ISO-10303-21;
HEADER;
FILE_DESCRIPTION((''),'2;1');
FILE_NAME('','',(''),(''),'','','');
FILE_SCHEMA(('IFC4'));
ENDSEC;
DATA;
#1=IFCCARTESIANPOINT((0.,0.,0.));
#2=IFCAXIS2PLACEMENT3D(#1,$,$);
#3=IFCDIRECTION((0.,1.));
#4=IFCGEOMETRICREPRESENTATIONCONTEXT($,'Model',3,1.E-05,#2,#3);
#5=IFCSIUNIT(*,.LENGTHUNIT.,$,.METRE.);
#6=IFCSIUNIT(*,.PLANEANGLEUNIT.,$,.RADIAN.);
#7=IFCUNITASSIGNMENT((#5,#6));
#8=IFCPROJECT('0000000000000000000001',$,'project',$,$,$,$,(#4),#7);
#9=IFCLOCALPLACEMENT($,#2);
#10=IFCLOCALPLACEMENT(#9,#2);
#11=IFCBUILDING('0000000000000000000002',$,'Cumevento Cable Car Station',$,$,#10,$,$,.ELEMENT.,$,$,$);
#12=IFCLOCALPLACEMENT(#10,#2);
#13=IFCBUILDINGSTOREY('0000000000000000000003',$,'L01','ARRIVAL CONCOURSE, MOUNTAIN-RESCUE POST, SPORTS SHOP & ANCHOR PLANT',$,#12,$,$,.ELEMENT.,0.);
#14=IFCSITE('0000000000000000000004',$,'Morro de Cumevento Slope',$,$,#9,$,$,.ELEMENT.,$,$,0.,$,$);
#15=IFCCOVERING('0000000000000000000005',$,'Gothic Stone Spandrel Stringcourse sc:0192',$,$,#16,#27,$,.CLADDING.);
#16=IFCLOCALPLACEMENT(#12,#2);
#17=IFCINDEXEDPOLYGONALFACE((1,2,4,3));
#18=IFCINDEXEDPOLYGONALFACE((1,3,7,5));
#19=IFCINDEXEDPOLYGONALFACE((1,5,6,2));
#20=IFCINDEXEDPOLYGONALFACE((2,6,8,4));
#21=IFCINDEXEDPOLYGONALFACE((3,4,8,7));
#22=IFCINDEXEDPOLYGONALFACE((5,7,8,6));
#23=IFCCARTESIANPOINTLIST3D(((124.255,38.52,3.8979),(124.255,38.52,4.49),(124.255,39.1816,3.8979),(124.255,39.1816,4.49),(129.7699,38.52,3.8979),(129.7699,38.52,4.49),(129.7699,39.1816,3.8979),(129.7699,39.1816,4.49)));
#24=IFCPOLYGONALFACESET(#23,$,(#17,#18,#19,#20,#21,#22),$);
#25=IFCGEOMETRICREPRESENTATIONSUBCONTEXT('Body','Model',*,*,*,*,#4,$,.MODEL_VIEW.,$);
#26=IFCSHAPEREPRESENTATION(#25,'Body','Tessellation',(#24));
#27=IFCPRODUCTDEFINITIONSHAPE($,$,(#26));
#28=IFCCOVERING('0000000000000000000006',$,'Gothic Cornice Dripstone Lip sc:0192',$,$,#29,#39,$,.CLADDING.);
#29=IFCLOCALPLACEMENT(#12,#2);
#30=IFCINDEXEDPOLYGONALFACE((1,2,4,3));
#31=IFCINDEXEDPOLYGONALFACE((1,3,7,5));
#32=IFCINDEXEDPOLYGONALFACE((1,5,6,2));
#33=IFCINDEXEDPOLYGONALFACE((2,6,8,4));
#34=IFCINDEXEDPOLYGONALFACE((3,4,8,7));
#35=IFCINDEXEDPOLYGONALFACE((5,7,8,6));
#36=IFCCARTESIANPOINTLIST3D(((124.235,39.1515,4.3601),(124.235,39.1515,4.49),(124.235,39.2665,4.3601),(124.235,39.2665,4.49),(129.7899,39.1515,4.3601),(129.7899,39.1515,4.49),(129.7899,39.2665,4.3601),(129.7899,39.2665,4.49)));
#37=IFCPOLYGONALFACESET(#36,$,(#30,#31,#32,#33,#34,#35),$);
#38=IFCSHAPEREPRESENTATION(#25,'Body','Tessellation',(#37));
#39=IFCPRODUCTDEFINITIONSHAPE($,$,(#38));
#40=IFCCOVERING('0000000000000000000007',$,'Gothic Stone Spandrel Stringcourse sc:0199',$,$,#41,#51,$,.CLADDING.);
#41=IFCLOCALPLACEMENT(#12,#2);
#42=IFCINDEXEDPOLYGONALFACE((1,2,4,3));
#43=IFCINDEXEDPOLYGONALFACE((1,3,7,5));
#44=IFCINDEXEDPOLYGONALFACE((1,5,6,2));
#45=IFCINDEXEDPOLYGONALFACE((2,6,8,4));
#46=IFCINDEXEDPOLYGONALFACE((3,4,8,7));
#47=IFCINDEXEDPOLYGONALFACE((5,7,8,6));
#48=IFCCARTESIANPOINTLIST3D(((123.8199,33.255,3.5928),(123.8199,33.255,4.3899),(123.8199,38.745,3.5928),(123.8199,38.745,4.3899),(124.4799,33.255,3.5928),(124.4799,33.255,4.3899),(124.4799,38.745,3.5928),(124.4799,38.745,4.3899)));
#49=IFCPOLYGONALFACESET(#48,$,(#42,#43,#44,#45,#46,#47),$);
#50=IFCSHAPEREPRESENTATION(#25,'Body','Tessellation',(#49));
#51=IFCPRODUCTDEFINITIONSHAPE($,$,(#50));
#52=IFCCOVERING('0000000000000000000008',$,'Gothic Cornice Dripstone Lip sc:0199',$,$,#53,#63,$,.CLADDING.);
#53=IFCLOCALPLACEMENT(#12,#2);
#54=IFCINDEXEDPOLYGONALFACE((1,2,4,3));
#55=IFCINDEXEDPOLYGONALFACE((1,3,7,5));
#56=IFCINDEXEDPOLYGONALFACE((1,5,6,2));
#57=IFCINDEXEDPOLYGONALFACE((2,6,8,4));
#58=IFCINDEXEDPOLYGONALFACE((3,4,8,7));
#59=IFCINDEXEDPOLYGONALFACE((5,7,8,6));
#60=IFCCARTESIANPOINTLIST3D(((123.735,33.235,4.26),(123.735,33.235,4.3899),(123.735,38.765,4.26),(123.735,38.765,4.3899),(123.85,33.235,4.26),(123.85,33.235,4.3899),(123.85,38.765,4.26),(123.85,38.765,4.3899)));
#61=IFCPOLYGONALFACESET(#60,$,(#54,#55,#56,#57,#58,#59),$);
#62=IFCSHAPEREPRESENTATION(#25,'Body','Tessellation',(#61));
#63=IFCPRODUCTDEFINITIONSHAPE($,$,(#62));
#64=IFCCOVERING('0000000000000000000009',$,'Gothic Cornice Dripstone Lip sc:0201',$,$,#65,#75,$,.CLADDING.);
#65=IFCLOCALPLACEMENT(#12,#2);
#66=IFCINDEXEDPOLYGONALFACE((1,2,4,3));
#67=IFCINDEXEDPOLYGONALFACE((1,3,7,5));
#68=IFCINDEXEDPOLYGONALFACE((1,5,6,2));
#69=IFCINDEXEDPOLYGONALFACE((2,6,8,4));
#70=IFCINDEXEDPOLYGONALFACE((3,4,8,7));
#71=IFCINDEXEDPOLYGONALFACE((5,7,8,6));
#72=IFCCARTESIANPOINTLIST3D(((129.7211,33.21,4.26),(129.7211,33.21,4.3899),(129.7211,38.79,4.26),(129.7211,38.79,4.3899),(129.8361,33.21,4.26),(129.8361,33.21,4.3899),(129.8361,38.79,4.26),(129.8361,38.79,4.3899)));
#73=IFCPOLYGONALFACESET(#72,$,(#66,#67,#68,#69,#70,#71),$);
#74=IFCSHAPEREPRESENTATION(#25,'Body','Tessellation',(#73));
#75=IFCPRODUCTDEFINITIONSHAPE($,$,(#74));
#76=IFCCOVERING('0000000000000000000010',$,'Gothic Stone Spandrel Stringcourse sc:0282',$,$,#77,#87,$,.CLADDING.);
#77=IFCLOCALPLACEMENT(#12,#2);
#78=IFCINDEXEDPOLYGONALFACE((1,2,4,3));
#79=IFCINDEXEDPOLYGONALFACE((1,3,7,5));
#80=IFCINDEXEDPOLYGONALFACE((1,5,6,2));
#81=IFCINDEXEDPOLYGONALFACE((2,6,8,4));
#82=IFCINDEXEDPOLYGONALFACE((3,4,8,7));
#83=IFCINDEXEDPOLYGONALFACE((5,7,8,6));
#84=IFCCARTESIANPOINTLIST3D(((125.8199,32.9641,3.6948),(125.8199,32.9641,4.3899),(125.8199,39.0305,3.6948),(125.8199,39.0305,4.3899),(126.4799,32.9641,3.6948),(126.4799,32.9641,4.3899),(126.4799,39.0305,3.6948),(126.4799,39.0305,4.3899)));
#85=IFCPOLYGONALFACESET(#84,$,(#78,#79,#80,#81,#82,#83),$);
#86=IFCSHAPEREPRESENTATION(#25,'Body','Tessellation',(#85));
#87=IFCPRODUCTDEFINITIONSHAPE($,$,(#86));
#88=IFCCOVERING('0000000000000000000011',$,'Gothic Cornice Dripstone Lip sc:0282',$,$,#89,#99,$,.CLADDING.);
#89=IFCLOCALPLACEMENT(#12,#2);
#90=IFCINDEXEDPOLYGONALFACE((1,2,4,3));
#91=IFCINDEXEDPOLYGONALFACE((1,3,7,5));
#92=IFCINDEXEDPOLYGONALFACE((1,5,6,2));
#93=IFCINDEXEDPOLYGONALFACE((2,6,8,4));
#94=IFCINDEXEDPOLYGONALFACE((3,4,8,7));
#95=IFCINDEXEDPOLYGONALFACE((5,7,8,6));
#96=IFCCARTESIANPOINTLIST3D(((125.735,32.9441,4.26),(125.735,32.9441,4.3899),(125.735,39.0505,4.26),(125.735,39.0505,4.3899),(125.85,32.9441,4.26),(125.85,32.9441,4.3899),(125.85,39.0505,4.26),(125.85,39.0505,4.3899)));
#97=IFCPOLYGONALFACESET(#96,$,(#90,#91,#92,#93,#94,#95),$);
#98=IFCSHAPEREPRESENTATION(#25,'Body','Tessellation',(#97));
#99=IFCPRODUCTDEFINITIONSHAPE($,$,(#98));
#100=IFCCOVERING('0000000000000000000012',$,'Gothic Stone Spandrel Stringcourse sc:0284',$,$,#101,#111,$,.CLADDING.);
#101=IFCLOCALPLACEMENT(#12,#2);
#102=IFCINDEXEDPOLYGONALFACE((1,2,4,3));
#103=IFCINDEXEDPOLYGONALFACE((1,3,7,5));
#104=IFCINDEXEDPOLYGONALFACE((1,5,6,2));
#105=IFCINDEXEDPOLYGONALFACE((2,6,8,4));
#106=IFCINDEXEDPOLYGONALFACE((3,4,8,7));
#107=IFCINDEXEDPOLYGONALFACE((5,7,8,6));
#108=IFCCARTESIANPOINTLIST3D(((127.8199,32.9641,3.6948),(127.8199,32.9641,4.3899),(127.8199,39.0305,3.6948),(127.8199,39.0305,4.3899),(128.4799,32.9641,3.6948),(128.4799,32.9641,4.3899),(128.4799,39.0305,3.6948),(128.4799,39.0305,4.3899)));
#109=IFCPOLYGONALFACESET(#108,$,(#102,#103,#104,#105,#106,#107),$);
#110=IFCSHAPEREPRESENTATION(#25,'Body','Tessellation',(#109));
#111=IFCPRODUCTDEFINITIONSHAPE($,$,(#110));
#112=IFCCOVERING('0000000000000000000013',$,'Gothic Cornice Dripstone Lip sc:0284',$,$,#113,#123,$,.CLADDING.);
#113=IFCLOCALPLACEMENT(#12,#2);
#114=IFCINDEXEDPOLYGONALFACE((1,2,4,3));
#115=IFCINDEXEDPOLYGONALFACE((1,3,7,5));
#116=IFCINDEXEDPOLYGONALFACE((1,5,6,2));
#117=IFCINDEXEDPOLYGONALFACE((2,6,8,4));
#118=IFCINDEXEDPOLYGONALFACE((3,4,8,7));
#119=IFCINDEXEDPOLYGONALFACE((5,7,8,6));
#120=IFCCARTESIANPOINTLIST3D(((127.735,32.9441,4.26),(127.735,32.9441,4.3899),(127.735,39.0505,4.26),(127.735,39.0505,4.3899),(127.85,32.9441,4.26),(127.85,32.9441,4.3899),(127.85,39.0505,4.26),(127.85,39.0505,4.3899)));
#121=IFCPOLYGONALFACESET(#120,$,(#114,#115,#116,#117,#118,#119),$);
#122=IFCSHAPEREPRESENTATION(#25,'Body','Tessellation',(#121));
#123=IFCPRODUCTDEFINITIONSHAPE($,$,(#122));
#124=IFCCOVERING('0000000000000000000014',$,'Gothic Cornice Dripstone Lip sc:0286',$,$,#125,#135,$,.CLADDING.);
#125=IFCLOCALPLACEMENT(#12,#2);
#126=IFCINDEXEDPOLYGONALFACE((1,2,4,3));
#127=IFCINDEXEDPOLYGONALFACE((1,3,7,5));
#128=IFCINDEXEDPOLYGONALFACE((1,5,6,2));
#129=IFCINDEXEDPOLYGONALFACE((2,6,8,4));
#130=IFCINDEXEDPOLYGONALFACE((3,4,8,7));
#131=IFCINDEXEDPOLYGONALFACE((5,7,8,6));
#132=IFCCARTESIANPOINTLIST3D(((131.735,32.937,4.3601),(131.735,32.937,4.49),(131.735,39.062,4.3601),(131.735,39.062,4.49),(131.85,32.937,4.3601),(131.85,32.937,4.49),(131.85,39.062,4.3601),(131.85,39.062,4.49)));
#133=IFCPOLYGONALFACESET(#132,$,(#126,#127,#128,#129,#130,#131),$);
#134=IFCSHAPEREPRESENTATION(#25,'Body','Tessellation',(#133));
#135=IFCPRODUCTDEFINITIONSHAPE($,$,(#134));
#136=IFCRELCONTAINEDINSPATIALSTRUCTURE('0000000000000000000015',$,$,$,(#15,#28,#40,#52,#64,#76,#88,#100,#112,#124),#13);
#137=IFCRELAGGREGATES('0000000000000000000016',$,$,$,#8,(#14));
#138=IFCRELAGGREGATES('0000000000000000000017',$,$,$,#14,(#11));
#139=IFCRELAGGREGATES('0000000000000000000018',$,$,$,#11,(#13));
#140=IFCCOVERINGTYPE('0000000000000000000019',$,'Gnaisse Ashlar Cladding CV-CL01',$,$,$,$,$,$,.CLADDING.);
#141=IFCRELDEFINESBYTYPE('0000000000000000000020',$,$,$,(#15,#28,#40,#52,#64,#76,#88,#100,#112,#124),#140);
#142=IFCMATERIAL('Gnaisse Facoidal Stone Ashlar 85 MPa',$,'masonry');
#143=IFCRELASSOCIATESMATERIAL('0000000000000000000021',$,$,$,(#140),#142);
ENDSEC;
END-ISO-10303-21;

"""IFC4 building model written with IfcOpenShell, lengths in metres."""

from ifc_helpers import new_model, si_unit, direction, frame, origin, origin_2d, place, context, subcontext, project, spatial, rectangle, extrude, material, type_object, element, save


model = new_model("IFC4")

# Units and contexts
model_context = context("Model", 3, precision=1e-05, world=origin(), true_north=direction((0.0, 1.0)))
body_context = subcontext(model_context, "Body", "Model", "MODEL_VIEW")
ifc_project = project(units=[si_unit("LENGTHUNIT", "METRE"), si_unit("PLANEANGLEUNIT", "RADIAN")], contexts=[model_context])

# Site, building, storey
site_placement = place(None, origin())
site = spatial("IfcSite", under=ifc_project, at=site_placement, Name="Morro de Cumevento Slope", CompositionType="ELEMENT", RefElevation=0.0)
building_placement = place(site_placement, origin())
building = spatial("IfcBuilding", under=site, at=building_placement, Name="Cumevento Cable Car Station", CompositionType="ELEMENT")
storey_placement = place(building_placement, origin())
storey = spatial("IfcBuildingStorey", under=building, at=storey_placement, Name="L01", Description="ARRIVAL CONCOURSE, MOUNTAIN-RESCUE POST, SPORTS SHOP & ANCHOR PLANT", CompositionType="ELEMENT", Elevation=0.0)

# Coverings
ifc_material_1 = material(Name="Gnaisse Facoidal Stone Ashlar 85 MPa", Category="masonry")
covering_type = type_object("IfcCoveringType", Name="Gnaisse Ashlar Cladding CV-CL01", PredefinedType="CLADDING", material=ifc_material_1)
covering_1_placement = place(storey_placement, frame((127.0125, 38.8508, 3.8979), z_axis=(0.0, 0.0, 1.0), x_axis=(1.0, 0.0, 0.0)))
element("IfcCovering", 1, at=covering_1_placement, inside=storey, type_object=covering_type, Name="Gothic Stone Spandrel Stringcourse sc:0192", PredefinedType="CLADDING", context=body_context, shape_type="SweptSolid", body=[
    extrude(rectangle(XDim=5.5149, YDim=0.6616, at=origin_2d()), origin(), (0.0, 0.0, 1.0), 0.592),
])
covering_2_placement = place(storey_placement, frame((127.0125, 39.209, 4.3601), z_axis=(0.0, 0.0, 1.0), x_axis=(1.0, 0.0, 0.0)))
element("IfcCovering", 2, at=covering_2_placement, inside=storey, type_object=covering_type, Name="Gothic Cornice Dripstone Lip sc:0192", PredefinedType="CLADDING", context=body_context, shape_type="SweptSolid", body=[
    extrude(rectangle(XDim=5.5549, YDim=0.115, at=origin_2d()), origin(), (0.0, 0.0, 1.0), 0.1299),
])
covering_3_placement = place(storey_placement, frame((124.1499, 36.0, 3.5928), z_axis=(0.0, 0.0, 1.0), x_axis=(0.0, 1.0, 0.0)))
element("IfcCovering", 3, at=covering_3_placement, inside=storey, type_object=covering_type, Name="Gothic Stone Spandrel Stringcourse sc:0199", PredefinedType="CLADDING", context=body_context, shape_type="SweptSolid", body=[
    extrude(rectangle(XDim=5.49, YDim=0.6599, at=origin_2d()), origin(), (0.0, 0.0, 1.0), 0.7971),
])
covering_4_placement = place(storey_placement, frame((123.7925, 36.0, 4.26), z_axis=(0.0, 0.0, 1.0), x_axis=(0.0, 1.0, 0.0)))
element("IfcCovering", 4, at=covering_4_placement, inside=storey, type_object=covering_type, Name="Gothic Cornice Dripstone Lip sc:0199", PredefinedType="CLADDING", context=body_context, shape_type="SweptSolid", body=[
    extrude(rectangle(XDim=5.53, YDim=0.115, at=origin_2d()), origin(), (0.0, 0.0, 1.0), 0.1299),
])
covering_5_placement = place(storey_placement, frame((129.7786, 36.0, 4.26), z_axis=(0.0, 0.0, 1.0), x_axis=(0.0, 1.0, 0.0)))
element("IfcCovering", 5, at=covering_5_placement, inside=storey, type_object=covering_type, Name="Gothic Cornice Dripstone Lip sc:0201", PredefinedType="CLADDING", context=body_context, shape_type="SweptSolid", body=[
    extrude(rectangle(XDim=5.5801, YDim=0.115, at=origin_2d()), origin(), (0.0, 0.0, 1.0), 0.1299),
])
covering_6_placement = place(storey_placement, frame((126.1499, 35.9973, 3.6948), z_axis=(0.0, 0.0, 1.0), x_axis=(0.0, 1.0, 0.0)))
element("IfcCovering", 6, at=covering_6_placement, inside=storey, type_object=covering_type, Name="Gothic Stone Spandrel Stringcourse sc:0282", PredefinedType="CLADDING", context=body_context, shape_type="SweptSolid", body=[
    extrude(rectangle(XDim=6.0664, YDim=0.6599, at=origin_2d()), origin(), (0.0, 0.0, 1.0), 0.6951),
])
covering_7_placement = place(storey_placement, frame((125.7925, 35.9973, 4.26), z_axis=(0.0, 0.0, 1.0), x_axis=(0.0, 1.0, 0.0)))
element("IfcCovering", 7, at=covering_7_placement, inside=storey, type_object=covering_type, Name="Gothic Cornice Dripstone Lip sc:0282", PredefinedType="CLADDING", context=body_context, shape_type="SweptSolid", body=[
    extrude(rectangle(XDim=6.1064, YDim=0.115, at=origin_2d()), origin(), (0.0, 0.0, 1.0), 0.1299),
])
covering_8_placement = place(storey_placement, frame((128.1499, 35.9973, 3.6948), z_axis=(0.0, 0.0, 1.0), x_axis=(0.0, 1.0, 0.0)))
element("IfcCovering", 8, at=covering_8_placement, inside=storey, type_object=covering_type, Name="Gothic Stone Spandrel Stringcourse sc:0284", PredefinedType="CLADDING", context=body_context, shape_type="SweptSolid", body=[
    extrude(rectangle(XDim=6.0664, YDim=0.6599, at=origin_2d()), origin(), (0.0, 0.0, 1.0), 0.6951),
])
covering_9_placement = place(storey_placement, frame((127.7925, 35.9973, 4.26), z_axis=(0.0, 0.0, 1.0), x_axis=(0.0, 1.0, 0.0)))
element("IfcCovering", 9, at=covering_9_placement, inside=storey, type_object=covering_type, Name="Gothic Cornice Dripstone Lip sc:0284", PredefinedType="CLADDING", context=body_context, shape_type="SweptSolid", body=[
    extrude(rectangle(XDim=6.1064, YDim=0.115, at=origin_2d()), origin(), (0.0, 0.0, 1.0), 0.1299),
])
covering_10_placement = place(storey_placement, frame((131.7925, 35.9995, 4.3601), z_axis=(0.0, 0.0, 1.0), x_axis=(0.0, 1.0, 0.0)))
element("IfcCovering", 10, at=covering_10_placement, inside=storey, type_object=covering_type, Name="Gothic Cornice Dripstone Lip sc:0286", PredefinedType="CLADDING", context=body_context, shape_type="SweptSolid", body=[
    extrude(rectangle(XDim=6.125, YDim=0.115, at=origin_2d()), origin(), (0.0, 0.0, 1.0), 0.1299),
])

save(model, "model.ifc")
